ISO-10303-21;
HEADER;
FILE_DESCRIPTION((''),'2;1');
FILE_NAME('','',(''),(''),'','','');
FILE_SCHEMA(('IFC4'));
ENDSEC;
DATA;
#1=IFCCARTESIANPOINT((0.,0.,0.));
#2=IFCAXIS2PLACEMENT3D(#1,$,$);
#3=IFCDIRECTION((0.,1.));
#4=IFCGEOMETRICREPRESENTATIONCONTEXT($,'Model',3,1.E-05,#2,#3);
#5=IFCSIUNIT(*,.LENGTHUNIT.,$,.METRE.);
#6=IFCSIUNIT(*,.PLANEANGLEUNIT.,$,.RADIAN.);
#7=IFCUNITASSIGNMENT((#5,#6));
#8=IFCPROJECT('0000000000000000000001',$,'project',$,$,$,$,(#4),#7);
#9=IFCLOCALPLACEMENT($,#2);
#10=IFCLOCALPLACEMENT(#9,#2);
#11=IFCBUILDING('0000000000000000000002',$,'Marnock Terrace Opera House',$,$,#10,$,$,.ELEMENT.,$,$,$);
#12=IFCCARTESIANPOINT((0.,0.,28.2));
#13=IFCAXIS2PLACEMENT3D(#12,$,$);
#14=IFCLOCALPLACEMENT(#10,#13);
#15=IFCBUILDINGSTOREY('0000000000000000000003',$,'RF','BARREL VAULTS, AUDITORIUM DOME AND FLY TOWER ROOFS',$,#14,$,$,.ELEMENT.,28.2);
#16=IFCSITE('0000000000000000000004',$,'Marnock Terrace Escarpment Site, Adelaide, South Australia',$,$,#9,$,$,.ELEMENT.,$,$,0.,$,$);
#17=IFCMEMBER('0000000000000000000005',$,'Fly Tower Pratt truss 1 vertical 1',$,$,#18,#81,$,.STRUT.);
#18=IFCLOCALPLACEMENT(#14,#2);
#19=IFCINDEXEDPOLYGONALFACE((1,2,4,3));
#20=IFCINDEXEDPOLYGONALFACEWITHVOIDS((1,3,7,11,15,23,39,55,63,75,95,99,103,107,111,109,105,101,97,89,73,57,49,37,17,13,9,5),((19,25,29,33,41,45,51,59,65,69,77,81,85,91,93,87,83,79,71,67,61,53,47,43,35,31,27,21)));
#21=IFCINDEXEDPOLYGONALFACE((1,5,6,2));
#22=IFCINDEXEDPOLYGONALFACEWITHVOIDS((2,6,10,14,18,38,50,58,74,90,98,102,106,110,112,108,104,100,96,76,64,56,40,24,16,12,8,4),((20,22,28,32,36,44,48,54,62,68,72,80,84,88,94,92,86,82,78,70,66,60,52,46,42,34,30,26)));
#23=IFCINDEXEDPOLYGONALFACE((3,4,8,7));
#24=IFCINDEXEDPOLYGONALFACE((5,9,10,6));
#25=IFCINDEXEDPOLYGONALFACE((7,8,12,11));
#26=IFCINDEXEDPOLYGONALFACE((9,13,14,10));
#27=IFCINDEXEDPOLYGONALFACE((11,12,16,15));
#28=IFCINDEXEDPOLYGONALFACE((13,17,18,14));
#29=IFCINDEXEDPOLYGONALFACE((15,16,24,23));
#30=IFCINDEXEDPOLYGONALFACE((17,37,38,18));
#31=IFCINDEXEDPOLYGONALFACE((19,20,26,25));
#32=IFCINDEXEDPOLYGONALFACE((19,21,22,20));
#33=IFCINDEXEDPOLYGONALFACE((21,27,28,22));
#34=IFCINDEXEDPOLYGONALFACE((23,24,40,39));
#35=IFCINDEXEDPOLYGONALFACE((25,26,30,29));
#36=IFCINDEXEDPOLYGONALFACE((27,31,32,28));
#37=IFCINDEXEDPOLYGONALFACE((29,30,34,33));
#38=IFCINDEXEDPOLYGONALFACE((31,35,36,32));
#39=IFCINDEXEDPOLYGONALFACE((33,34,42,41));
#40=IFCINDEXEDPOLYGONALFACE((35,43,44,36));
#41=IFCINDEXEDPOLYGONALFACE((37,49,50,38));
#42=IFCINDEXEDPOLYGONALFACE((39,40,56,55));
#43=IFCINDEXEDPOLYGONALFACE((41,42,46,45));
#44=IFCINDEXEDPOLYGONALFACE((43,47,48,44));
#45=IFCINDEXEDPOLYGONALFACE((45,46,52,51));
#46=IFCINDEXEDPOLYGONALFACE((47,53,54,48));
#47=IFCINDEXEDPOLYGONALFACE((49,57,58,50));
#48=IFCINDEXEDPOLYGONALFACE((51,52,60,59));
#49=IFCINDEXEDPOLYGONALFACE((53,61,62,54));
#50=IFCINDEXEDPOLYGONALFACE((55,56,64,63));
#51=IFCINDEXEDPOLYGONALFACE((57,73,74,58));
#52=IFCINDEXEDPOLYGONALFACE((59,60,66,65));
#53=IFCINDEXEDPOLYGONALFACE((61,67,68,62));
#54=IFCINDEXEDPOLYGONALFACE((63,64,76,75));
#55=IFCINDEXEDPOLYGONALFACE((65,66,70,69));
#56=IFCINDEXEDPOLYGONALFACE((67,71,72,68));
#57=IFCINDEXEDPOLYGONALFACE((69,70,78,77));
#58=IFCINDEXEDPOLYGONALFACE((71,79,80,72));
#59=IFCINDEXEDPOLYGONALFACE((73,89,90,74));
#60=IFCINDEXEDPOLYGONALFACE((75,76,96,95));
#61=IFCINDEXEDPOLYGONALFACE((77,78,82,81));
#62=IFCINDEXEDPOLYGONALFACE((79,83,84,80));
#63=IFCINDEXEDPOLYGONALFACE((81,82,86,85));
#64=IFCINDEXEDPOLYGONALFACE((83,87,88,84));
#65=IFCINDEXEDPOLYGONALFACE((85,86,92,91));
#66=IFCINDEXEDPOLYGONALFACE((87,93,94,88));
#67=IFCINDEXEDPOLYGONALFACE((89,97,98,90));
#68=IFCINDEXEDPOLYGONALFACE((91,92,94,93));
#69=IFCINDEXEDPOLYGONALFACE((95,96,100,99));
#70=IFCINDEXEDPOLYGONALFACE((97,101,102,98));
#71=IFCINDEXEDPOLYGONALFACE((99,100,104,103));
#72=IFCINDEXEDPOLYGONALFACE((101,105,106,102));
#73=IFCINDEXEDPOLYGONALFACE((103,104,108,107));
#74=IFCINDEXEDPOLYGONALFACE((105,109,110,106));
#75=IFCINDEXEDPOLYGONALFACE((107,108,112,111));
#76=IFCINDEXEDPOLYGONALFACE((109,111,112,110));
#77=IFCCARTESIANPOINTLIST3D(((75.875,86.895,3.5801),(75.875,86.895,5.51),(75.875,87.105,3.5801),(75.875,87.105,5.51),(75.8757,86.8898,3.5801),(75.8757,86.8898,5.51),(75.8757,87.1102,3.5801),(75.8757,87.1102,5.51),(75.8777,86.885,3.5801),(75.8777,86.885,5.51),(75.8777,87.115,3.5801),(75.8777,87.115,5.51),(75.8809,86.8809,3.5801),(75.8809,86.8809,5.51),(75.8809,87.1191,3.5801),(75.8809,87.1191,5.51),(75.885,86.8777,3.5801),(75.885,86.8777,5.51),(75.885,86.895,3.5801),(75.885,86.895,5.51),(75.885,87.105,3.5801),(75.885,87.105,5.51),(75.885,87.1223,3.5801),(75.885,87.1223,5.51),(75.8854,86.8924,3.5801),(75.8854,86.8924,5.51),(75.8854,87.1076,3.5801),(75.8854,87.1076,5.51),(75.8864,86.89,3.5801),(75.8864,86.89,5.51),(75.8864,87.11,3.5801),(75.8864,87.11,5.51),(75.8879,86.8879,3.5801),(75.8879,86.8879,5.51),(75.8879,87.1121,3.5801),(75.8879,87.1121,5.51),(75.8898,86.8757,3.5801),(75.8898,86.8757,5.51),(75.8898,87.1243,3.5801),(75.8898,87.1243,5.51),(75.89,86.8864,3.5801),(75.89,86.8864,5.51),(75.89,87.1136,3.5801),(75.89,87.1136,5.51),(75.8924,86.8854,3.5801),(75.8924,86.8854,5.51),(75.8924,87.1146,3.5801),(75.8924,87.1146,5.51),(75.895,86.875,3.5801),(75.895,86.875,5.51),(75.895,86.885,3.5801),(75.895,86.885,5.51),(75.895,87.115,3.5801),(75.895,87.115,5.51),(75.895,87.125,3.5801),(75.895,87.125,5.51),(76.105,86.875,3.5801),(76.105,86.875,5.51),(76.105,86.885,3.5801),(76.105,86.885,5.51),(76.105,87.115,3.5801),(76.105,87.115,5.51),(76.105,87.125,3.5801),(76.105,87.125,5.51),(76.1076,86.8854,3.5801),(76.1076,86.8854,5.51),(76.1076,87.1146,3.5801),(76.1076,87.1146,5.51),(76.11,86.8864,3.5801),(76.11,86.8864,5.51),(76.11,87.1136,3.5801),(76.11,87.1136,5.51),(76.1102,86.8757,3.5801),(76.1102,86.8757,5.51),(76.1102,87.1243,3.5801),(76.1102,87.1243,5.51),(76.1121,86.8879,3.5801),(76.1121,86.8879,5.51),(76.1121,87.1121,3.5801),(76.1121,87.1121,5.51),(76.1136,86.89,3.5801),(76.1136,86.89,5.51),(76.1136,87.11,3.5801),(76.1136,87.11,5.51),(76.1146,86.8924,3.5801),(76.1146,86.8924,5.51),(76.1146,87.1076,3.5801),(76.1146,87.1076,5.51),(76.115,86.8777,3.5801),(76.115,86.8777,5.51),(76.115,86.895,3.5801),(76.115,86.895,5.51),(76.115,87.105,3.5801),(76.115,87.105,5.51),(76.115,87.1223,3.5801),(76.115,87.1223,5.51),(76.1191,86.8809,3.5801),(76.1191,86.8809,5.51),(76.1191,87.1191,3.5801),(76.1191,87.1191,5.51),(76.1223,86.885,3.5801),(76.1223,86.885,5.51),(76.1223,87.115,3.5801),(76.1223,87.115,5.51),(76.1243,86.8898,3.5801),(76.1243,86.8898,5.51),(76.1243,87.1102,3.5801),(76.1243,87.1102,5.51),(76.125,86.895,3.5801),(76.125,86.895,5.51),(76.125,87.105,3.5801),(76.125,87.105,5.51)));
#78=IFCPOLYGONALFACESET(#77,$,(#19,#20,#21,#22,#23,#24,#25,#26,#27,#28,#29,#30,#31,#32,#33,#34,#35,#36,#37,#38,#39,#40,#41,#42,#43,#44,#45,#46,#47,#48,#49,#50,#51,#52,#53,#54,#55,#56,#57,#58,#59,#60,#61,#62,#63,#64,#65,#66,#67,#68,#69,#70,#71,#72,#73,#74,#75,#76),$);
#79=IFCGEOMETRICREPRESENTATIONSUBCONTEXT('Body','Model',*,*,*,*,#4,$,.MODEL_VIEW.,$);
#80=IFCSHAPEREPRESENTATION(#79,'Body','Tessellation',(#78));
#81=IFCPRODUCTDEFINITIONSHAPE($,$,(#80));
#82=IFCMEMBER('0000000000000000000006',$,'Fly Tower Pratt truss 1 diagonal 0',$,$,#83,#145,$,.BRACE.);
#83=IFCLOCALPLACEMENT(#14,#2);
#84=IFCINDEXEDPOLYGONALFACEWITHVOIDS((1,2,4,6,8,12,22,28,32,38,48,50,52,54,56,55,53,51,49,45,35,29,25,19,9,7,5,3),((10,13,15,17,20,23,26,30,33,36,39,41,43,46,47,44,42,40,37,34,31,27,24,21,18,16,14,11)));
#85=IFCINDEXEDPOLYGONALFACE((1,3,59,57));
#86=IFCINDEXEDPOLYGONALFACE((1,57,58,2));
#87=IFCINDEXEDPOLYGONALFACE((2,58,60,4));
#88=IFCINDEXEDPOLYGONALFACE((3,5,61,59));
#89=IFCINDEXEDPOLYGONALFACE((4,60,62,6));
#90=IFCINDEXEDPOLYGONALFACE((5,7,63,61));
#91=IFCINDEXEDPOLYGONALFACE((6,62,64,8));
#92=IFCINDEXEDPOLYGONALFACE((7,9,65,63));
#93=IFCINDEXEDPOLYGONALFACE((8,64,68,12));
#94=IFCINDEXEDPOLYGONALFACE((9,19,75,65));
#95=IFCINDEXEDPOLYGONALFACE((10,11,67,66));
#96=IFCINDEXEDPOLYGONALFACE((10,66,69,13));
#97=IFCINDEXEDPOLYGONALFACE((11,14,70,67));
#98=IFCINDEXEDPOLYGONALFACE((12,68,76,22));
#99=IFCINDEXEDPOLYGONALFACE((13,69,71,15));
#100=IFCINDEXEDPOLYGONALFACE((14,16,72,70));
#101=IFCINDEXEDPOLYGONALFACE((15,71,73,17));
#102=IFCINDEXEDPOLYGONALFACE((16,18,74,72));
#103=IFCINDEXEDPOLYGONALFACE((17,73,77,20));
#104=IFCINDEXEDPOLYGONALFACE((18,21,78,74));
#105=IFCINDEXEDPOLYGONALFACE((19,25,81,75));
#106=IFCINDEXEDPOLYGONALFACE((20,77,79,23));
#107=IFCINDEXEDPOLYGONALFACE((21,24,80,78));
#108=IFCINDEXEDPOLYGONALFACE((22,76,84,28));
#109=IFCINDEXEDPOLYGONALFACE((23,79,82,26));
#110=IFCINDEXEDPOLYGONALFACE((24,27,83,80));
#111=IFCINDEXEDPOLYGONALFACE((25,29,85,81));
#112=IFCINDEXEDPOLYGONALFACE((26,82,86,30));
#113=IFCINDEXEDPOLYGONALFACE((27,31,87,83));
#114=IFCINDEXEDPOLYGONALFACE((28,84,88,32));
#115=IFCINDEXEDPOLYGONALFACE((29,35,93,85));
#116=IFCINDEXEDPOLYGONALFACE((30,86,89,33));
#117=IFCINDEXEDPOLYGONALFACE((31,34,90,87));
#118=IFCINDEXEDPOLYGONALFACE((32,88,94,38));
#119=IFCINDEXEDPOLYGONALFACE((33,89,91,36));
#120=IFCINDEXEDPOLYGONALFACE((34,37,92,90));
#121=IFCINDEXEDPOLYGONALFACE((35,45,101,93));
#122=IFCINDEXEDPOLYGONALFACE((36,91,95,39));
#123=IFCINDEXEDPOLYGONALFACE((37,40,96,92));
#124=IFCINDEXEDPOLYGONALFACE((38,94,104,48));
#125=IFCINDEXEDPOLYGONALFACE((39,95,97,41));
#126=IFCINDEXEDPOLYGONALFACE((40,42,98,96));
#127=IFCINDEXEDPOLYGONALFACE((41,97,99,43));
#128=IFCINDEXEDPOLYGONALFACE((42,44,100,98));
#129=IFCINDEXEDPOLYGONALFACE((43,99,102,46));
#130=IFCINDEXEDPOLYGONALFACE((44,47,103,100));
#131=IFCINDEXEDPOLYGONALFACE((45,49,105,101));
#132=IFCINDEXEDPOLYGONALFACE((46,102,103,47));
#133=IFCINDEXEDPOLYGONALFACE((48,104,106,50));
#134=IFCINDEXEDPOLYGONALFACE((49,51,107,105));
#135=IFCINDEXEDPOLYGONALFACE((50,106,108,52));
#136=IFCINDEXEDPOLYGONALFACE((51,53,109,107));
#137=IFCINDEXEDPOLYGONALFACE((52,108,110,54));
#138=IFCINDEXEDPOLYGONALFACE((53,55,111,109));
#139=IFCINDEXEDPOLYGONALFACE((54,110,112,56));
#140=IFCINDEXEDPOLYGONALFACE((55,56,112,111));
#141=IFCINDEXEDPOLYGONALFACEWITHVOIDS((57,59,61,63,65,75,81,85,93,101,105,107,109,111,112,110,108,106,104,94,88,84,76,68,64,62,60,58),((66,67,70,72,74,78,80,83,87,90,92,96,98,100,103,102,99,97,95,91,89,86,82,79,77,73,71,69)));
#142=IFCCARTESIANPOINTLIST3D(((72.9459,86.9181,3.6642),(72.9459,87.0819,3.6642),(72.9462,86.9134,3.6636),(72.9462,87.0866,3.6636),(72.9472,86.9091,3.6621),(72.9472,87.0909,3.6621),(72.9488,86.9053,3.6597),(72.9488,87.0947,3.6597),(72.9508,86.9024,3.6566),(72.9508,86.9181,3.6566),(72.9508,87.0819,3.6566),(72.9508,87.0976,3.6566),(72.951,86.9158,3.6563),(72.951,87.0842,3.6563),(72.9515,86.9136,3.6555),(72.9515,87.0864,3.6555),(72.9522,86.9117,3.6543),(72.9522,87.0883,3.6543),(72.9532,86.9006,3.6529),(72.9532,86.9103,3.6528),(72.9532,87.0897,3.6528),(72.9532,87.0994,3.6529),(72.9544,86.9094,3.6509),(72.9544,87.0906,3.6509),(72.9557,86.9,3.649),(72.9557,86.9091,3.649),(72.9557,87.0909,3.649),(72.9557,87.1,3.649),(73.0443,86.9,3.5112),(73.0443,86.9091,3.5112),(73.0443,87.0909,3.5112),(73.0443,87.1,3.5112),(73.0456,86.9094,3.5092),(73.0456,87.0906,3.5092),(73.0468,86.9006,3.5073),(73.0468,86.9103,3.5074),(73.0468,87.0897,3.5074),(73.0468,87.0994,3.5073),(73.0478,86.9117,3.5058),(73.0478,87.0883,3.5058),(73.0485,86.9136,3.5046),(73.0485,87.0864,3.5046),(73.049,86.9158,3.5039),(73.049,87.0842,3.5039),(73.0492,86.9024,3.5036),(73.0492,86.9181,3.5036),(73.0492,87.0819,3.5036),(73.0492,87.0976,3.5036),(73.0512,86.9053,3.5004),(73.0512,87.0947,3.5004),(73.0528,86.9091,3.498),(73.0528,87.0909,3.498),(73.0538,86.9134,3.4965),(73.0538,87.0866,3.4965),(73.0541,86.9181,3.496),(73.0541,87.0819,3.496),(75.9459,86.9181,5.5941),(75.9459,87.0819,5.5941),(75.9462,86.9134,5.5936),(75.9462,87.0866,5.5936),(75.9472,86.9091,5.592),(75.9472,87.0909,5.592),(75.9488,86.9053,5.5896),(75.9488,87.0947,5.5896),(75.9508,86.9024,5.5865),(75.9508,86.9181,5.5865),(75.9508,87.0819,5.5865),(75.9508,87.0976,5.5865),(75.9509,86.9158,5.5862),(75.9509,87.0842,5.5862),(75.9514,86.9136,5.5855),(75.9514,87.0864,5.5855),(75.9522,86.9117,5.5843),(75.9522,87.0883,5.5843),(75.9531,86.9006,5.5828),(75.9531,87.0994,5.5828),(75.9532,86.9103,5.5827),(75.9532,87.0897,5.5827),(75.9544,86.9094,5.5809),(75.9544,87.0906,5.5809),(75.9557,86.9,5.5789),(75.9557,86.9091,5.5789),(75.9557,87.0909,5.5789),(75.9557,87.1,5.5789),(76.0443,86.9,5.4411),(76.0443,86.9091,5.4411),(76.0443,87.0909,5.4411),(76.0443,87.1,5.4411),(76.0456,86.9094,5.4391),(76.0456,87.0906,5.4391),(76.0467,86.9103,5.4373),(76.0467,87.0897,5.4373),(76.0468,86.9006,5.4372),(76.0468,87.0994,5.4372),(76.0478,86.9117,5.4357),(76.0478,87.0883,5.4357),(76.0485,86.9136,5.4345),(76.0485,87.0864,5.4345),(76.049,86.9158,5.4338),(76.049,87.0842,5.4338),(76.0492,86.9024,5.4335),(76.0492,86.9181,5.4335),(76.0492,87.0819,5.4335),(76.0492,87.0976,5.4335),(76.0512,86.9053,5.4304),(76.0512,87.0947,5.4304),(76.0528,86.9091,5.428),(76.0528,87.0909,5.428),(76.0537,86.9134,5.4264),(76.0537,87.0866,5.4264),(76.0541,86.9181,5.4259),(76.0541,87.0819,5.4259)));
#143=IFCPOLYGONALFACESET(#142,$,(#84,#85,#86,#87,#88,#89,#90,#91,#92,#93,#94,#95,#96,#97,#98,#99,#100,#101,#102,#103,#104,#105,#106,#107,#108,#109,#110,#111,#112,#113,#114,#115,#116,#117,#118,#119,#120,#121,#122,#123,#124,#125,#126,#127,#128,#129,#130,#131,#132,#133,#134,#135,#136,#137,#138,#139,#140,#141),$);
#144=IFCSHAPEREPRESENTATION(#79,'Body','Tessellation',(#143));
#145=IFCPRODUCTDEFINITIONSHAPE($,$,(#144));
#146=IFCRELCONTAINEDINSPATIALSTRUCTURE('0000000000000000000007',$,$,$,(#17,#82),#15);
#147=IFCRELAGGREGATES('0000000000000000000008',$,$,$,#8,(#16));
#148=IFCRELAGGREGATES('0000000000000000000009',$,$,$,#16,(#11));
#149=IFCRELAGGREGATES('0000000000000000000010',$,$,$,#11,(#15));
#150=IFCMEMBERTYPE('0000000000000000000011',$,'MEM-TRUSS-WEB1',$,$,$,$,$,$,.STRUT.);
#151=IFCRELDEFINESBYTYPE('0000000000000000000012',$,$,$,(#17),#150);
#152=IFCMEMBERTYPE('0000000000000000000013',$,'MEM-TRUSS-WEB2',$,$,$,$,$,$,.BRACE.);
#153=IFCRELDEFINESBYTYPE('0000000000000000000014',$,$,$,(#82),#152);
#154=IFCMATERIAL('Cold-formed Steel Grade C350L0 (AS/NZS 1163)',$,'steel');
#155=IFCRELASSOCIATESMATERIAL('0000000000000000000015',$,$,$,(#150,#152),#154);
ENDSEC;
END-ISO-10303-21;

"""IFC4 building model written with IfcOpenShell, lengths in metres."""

from ifc_helpers import new_model, si_unit, direction, frame, origin, origin_2d, place, context, subcontext, project, spatial, hollow_rectangle, extrude, material, material_profile, profile_set, type_object, element, save


model = new_model("IFC4")

# Units and contexts
model_context = context("Model", 3, precision=1e-05, world=origin(), true_north=direction((0.0, 1.0)))
body_context = subcontext(model_context, "Body", "Model", "MODEL_VIEW")
ifc_project = project(units=[si_unit("LENGTHUNIT", "METRE"), si_unit("PLANEANGLEUNIT", "RADIAN")], contexts=[model_context])

# Site, building, storey
site_placement = place(None, origin())
site = spatial("IfcSite", under=ifc_project, at=site_placement, Name="Marnock Terrace Escarpment Site, Adelaide, South Australia", CompositionType="ELEMENT", RefElevation=0.0)
building_placement = place(site_placement, origin())
building = spatial("IfcBuilding", under=site, at=building_placement, Name="Marnock Terrace Opera House", CompositionType="ELEMENT")
storey_placement = place(building_placement, frame((0.0, 0.0, 28.2)))
storey = spatial("IfcBuildingStorey", under=building, at=storey_placement, Name="RF", Description="BARREL VAULTS, AUDITORIUM DOME AND FLY TOWER ROOFS", CompositionType="ELEMENT", Elevation=28.2)

# Members
ifc_material_1 = material(Name="Cold-formed Steel Grade C350L0 (AS/NZS 1163)", Category="steel")
ifc_material_profile_1 = material_profile(ifc_material_1, hollow_rectangle(XDim=0.25, YDim=0.25, WallThickness=0.01, InnerFilletRadius=0.01, OuterFilletRadius=0.02, at=origin_2d()))
ifc_profile_set_1 = profile_set([ifc_material_profile_1], Name="Cold-formed Steel Grade C350L0 (AS/NZS 1163)")
member_type_1 = type_object("IfcMemberType", Name="MEM-TRUSS-WEB1", PredefinedType="STRUT", material=ifc_profile_set_1)
for number, where, z_axis, x_axis, name in (
    (1, (76.0, 87.0, 3.5801), (0.0, 0.0, 1.0), (1.0, 0.0, 0.0), "Fly Tower Pratt truss 1 vertical 1"),
):
    element("IfcMember", number, at=place(storey_placement, frame(where, z_axis=z_axis, x_axis=x_axis)), inside=storey, type_object=member_type_1, Name=name, PredefinedType="STRUT", context=body_context, shape_type="SweptSolid", body=[
        extrude(hollow_rectangle(XDim=0.25, YDim=0.25, WallThickness=0.01, InnerFilletRadius=0.01, OuterFilletRadius=0.02, at=origin_2d()), origin(), (0.0, 0.0, 1.0), 1.9299),
    ])
ifc_material_profile_2 = material_profile(ifc_material_1, hollow_rectangle(XDim=0.2, YDim=0.2, WallThickness=0.009, InnerFilletRadius=0.009, OuterFilletRadius=0.0181, at=origin_2d()))
ifc_profile_set_2 = profile_set([ifc_material_profile_2], Name="Cold-formed Steel Grade C350L0 (AS/NZS 1163)")
member_type_2 = type_object("IfcMemberType", Name="MEM-TRUSS-WEB2", PredefinedType="BRACE", material=ifc_profile_set_2)
for number, where, z_axis, x_axis, name in (
    (2, (73.0, 87.0, 3.5801), (0.841005, 0.0, 0.541027), (0.0, 1.0, 0.0), "Fly Tower Pratt truss 1 diagonal 0"),
):
    element("IfcMember", number, at=place(storey_placement, frame(where, z_axis=z_axis, x_axis=x_axis)), inside=storey, type_object=member_type_2, Name=name, PredefinedType="BRACE", context=body_context, shape_type="SweptSolid", body=[
        extrude(hollow_rectangle(XDim=0.2, YDim=0.2, WallThickness=0.009, InnerFilletRadius=0.009, OuterFilletRadius=0.0181, at=origin_2d()), origin(), (0.0, 0.0, 1.0), 3.5671),
    ])

save(model, "model.ifc")
